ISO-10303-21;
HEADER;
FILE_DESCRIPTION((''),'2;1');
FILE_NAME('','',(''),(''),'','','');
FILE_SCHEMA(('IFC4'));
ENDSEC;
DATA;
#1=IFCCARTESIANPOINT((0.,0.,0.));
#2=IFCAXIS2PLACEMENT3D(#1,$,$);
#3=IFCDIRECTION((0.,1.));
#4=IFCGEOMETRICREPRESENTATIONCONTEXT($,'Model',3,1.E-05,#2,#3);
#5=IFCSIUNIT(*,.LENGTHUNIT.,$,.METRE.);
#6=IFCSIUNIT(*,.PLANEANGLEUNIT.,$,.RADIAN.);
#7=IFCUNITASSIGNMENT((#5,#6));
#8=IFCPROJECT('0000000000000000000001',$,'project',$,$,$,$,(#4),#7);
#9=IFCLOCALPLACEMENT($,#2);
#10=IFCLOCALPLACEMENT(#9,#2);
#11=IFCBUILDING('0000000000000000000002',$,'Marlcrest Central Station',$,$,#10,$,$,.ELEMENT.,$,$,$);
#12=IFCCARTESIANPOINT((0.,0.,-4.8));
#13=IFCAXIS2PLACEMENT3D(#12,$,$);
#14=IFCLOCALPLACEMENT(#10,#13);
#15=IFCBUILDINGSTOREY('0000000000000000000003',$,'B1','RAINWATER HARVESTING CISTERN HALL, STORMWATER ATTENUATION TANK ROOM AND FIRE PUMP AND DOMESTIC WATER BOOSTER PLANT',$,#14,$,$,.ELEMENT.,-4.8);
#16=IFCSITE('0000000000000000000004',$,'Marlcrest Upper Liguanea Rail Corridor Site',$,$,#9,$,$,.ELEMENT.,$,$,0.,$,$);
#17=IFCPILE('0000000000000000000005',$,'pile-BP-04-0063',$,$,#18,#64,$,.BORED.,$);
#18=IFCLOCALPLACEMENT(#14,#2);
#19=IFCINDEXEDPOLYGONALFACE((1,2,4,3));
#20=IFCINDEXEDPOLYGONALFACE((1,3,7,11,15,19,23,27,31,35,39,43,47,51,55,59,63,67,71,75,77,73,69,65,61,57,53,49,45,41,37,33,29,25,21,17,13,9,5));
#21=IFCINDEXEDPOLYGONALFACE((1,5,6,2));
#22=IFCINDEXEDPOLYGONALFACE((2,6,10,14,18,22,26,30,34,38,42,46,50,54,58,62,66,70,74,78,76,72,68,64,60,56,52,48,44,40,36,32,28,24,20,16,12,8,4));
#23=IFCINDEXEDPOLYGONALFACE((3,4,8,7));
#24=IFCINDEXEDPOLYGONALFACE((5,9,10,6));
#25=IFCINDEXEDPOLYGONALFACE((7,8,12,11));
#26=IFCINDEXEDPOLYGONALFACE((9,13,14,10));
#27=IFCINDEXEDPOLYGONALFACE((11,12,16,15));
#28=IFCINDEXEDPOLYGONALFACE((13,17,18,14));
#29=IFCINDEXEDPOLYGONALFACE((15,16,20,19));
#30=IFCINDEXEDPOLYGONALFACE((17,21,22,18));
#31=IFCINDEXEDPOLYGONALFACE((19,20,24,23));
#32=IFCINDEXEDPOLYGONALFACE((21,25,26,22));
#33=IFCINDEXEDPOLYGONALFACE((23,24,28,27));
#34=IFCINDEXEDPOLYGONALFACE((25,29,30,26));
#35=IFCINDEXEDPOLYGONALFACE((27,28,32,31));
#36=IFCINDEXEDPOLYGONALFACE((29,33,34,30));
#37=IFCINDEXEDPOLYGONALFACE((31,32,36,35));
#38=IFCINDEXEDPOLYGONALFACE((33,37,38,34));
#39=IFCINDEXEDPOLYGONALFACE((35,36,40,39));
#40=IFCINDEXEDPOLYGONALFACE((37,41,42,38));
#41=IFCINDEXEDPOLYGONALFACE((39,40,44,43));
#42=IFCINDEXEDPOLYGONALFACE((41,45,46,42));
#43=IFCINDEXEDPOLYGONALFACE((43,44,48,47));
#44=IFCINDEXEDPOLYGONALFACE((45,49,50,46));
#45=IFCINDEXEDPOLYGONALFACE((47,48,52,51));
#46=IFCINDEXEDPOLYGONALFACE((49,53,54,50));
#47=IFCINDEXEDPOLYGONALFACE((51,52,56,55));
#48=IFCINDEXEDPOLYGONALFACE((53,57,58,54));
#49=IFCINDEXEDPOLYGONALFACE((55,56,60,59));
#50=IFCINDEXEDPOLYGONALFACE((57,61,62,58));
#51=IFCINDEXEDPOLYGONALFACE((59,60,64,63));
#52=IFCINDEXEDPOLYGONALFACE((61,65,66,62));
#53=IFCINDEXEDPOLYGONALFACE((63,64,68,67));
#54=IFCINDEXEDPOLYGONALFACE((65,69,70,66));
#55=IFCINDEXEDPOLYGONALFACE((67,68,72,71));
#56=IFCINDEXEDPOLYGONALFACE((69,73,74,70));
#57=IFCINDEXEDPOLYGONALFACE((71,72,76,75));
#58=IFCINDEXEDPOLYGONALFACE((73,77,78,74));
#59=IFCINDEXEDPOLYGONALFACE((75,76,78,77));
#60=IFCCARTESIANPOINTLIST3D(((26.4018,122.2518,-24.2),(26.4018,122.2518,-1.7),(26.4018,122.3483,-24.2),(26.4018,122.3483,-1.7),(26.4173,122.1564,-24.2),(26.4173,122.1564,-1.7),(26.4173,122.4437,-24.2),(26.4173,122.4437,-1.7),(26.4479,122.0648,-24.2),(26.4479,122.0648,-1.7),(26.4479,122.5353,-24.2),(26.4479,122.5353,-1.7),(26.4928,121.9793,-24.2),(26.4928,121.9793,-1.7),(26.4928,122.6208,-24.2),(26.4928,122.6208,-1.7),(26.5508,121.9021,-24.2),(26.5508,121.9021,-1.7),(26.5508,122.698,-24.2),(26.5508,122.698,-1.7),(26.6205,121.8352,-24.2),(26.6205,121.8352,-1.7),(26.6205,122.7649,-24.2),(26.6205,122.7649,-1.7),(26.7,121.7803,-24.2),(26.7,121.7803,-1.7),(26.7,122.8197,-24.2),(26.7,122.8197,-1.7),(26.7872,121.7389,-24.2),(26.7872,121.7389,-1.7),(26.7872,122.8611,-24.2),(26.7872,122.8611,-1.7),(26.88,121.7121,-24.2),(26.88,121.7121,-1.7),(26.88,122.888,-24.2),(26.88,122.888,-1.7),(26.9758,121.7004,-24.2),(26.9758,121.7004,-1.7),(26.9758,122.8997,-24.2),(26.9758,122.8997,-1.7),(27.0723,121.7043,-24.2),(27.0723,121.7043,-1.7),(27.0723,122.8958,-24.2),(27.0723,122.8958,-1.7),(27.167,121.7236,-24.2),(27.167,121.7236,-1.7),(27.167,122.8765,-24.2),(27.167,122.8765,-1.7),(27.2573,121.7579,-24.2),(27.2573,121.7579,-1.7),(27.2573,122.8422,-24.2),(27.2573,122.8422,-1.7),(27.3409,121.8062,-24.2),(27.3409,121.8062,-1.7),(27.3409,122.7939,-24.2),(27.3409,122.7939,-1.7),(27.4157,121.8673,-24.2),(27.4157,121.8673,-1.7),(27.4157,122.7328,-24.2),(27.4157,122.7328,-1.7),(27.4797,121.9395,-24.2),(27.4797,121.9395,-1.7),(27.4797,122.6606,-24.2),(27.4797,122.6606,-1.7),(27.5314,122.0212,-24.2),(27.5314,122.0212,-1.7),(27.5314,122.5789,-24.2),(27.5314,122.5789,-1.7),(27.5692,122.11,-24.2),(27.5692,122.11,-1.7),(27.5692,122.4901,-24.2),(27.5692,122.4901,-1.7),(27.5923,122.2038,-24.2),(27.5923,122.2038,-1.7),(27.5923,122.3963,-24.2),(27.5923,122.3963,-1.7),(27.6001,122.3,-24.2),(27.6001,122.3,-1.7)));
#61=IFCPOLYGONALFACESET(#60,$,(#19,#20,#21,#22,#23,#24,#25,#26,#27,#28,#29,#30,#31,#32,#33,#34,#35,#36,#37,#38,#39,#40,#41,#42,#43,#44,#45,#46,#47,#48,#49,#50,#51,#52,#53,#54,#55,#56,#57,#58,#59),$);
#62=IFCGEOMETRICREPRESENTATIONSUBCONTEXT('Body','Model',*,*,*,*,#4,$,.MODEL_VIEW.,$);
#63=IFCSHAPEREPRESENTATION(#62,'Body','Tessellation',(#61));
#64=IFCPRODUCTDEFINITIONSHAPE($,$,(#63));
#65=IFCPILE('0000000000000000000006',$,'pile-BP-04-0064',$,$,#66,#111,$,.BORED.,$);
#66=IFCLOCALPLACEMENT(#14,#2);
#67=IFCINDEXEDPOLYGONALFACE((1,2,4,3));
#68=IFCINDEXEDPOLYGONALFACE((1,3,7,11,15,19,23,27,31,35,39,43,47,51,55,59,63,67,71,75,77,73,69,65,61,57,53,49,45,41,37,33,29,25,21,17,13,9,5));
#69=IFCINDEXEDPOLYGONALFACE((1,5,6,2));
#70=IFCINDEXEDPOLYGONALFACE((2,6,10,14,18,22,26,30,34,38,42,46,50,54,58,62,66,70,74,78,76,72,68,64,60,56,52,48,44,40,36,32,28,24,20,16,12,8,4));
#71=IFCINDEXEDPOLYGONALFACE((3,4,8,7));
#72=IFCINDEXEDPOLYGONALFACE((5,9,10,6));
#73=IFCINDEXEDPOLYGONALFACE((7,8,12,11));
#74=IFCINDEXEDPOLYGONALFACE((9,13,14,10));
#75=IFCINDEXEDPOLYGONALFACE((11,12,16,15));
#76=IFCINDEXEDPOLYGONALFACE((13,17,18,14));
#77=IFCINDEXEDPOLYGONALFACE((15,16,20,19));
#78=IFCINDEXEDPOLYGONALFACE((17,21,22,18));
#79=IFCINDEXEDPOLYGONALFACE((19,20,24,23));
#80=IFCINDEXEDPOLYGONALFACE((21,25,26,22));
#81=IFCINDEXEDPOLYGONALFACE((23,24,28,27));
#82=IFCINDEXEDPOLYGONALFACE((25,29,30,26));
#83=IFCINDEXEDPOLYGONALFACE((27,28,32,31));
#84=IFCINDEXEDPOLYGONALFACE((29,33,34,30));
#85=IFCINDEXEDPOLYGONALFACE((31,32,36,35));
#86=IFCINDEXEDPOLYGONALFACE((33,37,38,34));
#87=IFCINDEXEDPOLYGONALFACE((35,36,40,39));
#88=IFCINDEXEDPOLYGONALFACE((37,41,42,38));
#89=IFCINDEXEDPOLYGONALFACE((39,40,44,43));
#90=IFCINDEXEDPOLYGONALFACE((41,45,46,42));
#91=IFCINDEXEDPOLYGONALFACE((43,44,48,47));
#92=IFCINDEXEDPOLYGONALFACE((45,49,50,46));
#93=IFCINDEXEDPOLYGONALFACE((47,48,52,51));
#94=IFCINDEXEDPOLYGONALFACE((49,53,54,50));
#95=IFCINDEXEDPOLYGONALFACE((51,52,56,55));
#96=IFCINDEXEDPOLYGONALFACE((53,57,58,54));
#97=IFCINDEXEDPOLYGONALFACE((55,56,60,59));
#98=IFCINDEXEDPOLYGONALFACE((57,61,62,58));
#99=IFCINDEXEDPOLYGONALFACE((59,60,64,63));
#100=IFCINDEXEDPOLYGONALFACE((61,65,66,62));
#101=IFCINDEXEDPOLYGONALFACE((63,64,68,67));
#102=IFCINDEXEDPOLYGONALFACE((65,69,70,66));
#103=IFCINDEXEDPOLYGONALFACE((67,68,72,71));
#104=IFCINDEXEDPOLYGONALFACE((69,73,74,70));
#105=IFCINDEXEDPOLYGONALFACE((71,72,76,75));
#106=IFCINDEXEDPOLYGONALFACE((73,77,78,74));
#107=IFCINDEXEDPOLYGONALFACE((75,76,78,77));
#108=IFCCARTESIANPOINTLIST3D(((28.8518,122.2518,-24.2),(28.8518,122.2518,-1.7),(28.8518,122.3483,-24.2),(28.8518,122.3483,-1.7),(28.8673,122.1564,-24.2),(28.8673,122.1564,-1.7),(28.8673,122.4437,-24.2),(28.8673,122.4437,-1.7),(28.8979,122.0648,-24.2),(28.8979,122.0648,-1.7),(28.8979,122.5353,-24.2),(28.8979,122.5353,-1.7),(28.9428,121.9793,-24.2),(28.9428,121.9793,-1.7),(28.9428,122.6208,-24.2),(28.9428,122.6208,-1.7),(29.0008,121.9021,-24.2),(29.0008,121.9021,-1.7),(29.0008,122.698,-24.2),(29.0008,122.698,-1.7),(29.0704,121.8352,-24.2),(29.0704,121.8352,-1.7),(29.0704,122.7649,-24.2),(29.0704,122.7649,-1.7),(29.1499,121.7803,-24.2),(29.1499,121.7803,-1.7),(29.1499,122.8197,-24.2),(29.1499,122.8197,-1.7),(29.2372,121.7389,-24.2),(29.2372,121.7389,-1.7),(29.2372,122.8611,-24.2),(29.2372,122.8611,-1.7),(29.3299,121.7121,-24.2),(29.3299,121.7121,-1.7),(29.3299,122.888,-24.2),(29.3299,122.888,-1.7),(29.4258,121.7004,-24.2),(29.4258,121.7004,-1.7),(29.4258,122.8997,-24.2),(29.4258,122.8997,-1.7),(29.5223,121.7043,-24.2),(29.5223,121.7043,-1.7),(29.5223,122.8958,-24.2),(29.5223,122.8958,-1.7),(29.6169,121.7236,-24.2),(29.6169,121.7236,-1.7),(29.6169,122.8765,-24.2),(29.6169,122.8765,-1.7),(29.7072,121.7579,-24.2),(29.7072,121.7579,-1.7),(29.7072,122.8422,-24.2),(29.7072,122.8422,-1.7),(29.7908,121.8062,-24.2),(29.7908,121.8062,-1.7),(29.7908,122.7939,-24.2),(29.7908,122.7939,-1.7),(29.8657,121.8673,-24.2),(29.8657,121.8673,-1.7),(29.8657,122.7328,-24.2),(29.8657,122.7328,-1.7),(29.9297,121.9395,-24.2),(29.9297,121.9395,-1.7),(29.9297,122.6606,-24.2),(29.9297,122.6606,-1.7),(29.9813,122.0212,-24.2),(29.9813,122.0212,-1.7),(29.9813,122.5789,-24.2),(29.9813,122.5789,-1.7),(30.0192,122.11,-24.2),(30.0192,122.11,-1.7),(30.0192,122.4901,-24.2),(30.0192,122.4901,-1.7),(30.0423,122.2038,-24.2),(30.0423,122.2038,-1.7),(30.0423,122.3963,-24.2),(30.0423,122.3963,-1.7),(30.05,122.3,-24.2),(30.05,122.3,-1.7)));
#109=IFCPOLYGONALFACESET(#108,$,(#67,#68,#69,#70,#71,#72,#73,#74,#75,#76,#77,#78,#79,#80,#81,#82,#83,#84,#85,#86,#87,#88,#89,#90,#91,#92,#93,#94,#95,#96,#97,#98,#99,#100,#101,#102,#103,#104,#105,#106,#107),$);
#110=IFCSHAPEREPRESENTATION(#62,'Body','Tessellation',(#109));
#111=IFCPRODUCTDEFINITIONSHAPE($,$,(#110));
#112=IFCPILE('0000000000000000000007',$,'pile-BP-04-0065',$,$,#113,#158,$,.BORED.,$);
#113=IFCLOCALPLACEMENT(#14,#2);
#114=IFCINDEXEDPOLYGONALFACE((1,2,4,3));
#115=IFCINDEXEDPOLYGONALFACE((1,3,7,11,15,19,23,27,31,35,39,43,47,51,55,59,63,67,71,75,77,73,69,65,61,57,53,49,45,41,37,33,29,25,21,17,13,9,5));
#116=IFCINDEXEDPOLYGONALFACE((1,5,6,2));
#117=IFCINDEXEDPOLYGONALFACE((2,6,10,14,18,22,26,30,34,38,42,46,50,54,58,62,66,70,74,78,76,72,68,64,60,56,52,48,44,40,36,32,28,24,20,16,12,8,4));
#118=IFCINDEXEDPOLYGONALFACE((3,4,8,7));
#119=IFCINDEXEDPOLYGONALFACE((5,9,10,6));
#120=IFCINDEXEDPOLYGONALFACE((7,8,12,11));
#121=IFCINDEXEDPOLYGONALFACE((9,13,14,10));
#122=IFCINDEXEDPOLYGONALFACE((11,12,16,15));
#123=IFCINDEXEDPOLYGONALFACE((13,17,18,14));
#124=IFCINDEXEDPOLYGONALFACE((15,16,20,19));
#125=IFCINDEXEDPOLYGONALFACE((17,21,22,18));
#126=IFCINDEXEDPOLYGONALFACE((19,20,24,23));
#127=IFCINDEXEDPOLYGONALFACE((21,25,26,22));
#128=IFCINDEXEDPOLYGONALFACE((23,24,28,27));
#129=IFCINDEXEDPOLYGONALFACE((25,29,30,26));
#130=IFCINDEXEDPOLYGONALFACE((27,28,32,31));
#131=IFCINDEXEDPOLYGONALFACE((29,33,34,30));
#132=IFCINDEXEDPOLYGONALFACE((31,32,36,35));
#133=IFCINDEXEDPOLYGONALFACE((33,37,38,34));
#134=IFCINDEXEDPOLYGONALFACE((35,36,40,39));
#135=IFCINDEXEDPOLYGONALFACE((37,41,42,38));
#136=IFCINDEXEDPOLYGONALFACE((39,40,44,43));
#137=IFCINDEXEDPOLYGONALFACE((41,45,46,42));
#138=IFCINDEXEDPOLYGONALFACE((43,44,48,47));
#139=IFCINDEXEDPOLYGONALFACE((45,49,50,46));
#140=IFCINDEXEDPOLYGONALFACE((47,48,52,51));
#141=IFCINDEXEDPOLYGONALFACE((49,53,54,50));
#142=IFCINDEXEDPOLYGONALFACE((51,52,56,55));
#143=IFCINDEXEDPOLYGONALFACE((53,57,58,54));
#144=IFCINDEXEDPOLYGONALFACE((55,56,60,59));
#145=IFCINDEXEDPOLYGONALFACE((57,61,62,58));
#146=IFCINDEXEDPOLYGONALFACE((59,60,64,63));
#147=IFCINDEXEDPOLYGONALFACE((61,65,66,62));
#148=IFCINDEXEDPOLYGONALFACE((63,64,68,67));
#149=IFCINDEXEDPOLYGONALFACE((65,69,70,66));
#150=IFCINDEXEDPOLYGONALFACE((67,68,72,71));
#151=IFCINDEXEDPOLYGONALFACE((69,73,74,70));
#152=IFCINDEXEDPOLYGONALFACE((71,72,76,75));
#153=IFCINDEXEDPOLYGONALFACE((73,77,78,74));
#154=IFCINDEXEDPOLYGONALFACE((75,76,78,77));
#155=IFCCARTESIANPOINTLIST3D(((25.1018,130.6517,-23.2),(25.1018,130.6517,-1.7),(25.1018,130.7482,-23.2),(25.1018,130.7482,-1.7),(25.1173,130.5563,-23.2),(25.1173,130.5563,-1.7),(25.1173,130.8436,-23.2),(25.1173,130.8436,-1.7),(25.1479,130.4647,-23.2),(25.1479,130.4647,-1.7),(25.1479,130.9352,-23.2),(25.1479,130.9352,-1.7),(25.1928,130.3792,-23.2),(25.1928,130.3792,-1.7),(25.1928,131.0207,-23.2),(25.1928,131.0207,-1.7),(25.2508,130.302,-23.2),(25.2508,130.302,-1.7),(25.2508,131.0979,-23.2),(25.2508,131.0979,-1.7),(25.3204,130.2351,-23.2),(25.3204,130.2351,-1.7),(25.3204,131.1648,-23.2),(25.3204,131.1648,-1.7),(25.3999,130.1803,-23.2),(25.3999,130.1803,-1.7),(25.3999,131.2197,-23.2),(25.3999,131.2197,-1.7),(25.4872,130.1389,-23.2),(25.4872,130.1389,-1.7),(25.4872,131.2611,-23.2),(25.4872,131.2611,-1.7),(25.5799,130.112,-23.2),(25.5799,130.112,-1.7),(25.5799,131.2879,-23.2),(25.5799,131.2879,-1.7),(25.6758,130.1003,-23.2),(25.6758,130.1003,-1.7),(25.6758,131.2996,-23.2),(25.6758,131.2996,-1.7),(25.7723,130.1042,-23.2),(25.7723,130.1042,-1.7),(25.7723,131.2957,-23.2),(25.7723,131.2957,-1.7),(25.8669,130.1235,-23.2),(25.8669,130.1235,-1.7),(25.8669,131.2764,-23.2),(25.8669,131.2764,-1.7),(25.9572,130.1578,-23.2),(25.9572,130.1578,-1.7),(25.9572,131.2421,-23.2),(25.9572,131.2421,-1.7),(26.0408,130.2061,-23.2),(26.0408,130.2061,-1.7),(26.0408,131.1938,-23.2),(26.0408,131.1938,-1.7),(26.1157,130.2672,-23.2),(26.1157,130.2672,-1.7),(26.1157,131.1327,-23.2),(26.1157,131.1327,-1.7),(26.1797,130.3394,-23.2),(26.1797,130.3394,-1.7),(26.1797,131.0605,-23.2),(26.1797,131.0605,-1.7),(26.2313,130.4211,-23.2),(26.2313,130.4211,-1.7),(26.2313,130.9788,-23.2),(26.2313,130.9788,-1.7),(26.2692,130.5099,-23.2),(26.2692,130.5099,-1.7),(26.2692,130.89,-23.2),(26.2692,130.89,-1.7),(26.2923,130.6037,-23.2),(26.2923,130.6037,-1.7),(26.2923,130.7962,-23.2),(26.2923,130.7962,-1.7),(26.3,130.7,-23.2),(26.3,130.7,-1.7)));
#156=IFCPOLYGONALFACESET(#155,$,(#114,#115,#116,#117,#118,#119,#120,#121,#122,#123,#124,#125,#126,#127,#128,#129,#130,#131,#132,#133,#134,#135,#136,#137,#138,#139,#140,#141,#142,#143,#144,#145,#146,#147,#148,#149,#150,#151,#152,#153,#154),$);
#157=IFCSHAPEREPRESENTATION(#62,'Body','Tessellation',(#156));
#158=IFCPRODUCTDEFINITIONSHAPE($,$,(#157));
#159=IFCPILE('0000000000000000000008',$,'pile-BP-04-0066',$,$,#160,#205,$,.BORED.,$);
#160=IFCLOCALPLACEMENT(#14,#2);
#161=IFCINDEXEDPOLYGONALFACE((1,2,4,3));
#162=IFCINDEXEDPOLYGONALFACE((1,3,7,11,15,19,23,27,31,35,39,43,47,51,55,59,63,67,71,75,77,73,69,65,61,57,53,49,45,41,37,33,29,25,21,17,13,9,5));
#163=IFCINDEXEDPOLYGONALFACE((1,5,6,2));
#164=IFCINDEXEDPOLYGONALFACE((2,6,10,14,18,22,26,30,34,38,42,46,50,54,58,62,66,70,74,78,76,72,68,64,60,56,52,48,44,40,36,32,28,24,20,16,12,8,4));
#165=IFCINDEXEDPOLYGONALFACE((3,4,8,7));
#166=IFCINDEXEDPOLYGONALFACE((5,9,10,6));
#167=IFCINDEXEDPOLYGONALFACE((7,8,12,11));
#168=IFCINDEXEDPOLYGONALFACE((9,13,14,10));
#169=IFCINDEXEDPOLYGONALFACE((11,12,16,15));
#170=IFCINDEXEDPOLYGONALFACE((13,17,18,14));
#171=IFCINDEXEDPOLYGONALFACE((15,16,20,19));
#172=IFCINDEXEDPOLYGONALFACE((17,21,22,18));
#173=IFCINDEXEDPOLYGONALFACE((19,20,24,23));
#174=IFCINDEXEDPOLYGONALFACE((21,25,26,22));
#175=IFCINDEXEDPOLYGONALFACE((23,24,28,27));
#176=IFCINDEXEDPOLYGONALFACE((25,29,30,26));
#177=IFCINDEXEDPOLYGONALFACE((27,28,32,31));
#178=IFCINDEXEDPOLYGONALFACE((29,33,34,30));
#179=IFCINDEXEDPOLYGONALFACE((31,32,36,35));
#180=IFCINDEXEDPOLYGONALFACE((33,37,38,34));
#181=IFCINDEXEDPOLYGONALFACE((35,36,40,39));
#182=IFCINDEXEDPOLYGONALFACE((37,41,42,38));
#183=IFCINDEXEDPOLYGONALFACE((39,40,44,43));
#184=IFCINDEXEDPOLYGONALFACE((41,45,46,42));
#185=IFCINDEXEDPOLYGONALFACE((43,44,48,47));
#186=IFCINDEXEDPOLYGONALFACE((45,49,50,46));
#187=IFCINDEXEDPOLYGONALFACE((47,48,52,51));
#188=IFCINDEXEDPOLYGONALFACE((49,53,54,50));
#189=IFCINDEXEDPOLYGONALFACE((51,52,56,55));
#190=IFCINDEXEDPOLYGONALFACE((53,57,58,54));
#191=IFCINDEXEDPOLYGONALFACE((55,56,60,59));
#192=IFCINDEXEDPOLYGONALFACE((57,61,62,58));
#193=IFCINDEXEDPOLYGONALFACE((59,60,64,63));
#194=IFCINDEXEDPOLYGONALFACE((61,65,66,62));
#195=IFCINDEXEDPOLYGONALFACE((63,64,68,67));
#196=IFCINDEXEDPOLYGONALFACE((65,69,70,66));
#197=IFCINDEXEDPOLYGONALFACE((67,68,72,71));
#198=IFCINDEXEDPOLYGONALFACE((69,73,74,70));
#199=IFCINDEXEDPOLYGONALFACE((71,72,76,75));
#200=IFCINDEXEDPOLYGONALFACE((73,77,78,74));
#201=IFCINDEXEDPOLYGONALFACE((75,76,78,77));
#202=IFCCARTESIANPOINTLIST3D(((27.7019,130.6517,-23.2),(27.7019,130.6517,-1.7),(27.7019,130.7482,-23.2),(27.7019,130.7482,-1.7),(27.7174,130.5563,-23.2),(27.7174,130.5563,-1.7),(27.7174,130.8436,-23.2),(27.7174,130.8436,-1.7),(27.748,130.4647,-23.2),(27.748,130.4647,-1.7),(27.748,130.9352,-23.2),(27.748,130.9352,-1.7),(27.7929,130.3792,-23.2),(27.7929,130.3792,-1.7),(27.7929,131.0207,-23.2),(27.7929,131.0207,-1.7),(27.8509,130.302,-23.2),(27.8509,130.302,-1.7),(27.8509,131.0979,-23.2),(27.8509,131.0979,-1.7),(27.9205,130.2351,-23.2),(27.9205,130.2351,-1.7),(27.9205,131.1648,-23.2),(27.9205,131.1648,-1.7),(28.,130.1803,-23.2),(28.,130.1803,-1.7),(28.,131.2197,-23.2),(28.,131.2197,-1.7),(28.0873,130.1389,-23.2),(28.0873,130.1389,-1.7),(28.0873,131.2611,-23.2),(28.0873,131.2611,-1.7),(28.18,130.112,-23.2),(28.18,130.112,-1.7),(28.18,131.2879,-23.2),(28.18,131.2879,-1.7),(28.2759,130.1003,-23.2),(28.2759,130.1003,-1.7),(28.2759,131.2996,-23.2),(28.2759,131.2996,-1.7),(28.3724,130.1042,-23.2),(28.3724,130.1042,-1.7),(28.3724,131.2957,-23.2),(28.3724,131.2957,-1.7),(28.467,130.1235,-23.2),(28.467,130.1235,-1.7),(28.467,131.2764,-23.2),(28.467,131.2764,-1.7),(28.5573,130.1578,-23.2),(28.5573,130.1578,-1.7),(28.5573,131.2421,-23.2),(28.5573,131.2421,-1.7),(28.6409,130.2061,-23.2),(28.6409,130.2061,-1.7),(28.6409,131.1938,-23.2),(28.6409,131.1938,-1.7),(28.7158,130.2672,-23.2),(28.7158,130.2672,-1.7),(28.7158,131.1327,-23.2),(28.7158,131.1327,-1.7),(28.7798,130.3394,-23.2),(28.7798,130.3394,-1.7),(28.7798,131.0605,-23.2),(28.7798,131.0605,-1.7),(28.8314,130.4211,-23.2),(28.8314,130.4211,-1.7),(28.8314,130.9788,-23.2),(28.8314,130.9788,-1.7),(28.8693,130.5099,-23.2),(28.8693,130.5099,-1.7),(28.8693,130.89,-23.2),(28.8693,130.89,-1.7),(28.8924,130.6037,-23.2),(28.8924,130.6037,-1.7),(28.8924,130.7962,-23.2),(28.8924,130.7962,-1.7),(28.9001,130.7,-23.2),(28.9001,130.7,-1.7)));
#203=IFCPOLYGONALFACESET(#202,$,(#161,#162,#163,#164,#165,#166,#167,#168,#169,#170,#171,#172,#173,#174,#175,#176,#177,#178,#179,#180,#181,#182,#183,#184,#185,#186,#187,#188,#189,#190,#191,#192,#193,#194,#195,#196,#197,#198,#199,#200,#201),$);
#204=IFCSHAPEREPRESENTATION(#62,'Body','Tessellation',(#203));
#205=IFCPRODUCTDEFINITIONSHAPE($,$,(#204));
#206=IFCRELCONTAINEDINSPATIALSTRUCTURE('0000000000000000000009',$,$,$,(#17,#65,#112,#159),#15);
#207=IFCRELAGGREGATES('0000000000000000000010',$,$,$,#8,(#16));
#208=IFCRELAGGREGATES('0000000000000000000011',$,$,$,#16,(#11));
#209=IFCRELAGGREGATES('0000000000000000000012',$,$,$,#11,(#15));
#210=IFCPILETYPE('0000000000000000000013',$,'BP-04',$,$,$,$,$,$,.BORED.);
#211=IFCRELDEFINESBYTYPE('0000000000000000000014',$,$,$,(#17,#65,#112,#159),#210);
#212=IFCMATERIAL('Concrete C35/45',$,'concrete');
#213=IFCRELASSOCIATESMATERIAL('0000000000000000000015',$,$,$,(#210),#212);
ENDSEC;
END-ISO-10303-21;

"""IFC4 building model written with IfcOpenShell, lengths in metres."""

from ifc_helpers import new_model, si_unit, direction, frame, origin, origin_2d, place, context, subcontext, project, spatial, circle, extrude, material, material_profile, profile_set, type_object, element, save


model = new_model("IFC4")

# Units and contexts
model_context = context("Model", 3, precision=1e-05, world=origin(), true_north=direction((0.0, 1.0)))
body_context = subcontext(model_context, "Body", "Model", "MODEL_VIEW")
ifc_project = project(units=[si_unit("LENGTHUNIT", "METRE"), si_unit("PLANEANGLEUNIT", "RADIAN")], contexts=[model_context])

# Site, building, storey
site_placement = place(None, origin())
site = spatial("IfcSite", under=ifc_project, at=site_placement, Name="Marlcrest Upper Liguanea Rail Corridor Site", CompositionType="ELEMENT", RefElevation=0.0)
building_placement = place(site_placement, origin())
building = spatial("IfcBuilding", under=site, at=building_placement, Name="Marlcrest Central Station", CompositionType="ELEMENT")
storey_placement = place(building_placement, frame((0.0, 0.0, -4.8)))
storey = spatial("IfcBuildingStorey", under=building, at=storey_placement, Name="B1", Description="RAINWATER HARVESTING CISTERN HALL, STORMWATER ATTENUATION TANK ROOM AND FIRE PUMP AND DOMESTIC WATER BOOSTER PLANT", CompositionType="ELEMENT", Elevation=-4.8)

# Piles
ifc_material_1 = material(Name="Concrete C35/45", Category="concrete")
ifc_material_profile_1 = material_profile(ifc_material_1, circle(Radius=0.6001, at=origin_2d()), Name="PILE D1200")
ifc_profile_set_1 = profile_set([ifc_material_profile_1], Name="Concrete C35/45")
pile_type = type_object("IfcPileType", Name="BP-04", PredefinedType="BORED", material=ifc_profile_set_1)
for number, where, z_axis, x_axis, name in (
    (1, (27.0, 122.3, -1.7), (0.0, 0.0, -1.0), (1.0, 0.0, 0.0), "pile-BP-04-0063"),
    (2, (29.45, 122.3, -1.7), (0.0, 0.0, -1.0), (1.0, 0.0, 0.0), "pile-BP-04-0064"),
):
    element("IfcPile", number, at=place(storey_placement, frame(where, z_axis=z_axis, x_axis=x_axis)), inside=storey, type_object=pile_type, Name=name, PredefinedType="BORED", context=body_context, shape_type="SweptSolid", body=[
        extrude(circle(Radius=0.6001, at=origin_2d()), origin(), (0.0, 0.0, 1.0), 22.5),
    ])
for number, where, z_axis, x_axis, name in (
    (3, (25.7, 130.7, -1.7), (0.0, 0.0, -1.0), (1.0, 0.0, 0.0), "pile-BP-04-0065"),
    (4, (28.3, 130.7, -1.7), (0.0, 0.0, -1.0), (1.0, 0.0, 0.0), "pile-BP-04-0066"),
):
    element("IfcPile", number, at=place(storey_placement, frame(where, z_axis=z_axis, x_axis=x_axis)), inside=storey, type_object=pile_type, Name=name, PredefinedType="BORED", context=body_context, shape_type="SweptSolid", body=[
        extrude(circle(Radius=0.6001, at=origin_2d()), origin(), (0.0, 0.0, 1.0), 21.5),
    ])

save(model, "model.ifc")
